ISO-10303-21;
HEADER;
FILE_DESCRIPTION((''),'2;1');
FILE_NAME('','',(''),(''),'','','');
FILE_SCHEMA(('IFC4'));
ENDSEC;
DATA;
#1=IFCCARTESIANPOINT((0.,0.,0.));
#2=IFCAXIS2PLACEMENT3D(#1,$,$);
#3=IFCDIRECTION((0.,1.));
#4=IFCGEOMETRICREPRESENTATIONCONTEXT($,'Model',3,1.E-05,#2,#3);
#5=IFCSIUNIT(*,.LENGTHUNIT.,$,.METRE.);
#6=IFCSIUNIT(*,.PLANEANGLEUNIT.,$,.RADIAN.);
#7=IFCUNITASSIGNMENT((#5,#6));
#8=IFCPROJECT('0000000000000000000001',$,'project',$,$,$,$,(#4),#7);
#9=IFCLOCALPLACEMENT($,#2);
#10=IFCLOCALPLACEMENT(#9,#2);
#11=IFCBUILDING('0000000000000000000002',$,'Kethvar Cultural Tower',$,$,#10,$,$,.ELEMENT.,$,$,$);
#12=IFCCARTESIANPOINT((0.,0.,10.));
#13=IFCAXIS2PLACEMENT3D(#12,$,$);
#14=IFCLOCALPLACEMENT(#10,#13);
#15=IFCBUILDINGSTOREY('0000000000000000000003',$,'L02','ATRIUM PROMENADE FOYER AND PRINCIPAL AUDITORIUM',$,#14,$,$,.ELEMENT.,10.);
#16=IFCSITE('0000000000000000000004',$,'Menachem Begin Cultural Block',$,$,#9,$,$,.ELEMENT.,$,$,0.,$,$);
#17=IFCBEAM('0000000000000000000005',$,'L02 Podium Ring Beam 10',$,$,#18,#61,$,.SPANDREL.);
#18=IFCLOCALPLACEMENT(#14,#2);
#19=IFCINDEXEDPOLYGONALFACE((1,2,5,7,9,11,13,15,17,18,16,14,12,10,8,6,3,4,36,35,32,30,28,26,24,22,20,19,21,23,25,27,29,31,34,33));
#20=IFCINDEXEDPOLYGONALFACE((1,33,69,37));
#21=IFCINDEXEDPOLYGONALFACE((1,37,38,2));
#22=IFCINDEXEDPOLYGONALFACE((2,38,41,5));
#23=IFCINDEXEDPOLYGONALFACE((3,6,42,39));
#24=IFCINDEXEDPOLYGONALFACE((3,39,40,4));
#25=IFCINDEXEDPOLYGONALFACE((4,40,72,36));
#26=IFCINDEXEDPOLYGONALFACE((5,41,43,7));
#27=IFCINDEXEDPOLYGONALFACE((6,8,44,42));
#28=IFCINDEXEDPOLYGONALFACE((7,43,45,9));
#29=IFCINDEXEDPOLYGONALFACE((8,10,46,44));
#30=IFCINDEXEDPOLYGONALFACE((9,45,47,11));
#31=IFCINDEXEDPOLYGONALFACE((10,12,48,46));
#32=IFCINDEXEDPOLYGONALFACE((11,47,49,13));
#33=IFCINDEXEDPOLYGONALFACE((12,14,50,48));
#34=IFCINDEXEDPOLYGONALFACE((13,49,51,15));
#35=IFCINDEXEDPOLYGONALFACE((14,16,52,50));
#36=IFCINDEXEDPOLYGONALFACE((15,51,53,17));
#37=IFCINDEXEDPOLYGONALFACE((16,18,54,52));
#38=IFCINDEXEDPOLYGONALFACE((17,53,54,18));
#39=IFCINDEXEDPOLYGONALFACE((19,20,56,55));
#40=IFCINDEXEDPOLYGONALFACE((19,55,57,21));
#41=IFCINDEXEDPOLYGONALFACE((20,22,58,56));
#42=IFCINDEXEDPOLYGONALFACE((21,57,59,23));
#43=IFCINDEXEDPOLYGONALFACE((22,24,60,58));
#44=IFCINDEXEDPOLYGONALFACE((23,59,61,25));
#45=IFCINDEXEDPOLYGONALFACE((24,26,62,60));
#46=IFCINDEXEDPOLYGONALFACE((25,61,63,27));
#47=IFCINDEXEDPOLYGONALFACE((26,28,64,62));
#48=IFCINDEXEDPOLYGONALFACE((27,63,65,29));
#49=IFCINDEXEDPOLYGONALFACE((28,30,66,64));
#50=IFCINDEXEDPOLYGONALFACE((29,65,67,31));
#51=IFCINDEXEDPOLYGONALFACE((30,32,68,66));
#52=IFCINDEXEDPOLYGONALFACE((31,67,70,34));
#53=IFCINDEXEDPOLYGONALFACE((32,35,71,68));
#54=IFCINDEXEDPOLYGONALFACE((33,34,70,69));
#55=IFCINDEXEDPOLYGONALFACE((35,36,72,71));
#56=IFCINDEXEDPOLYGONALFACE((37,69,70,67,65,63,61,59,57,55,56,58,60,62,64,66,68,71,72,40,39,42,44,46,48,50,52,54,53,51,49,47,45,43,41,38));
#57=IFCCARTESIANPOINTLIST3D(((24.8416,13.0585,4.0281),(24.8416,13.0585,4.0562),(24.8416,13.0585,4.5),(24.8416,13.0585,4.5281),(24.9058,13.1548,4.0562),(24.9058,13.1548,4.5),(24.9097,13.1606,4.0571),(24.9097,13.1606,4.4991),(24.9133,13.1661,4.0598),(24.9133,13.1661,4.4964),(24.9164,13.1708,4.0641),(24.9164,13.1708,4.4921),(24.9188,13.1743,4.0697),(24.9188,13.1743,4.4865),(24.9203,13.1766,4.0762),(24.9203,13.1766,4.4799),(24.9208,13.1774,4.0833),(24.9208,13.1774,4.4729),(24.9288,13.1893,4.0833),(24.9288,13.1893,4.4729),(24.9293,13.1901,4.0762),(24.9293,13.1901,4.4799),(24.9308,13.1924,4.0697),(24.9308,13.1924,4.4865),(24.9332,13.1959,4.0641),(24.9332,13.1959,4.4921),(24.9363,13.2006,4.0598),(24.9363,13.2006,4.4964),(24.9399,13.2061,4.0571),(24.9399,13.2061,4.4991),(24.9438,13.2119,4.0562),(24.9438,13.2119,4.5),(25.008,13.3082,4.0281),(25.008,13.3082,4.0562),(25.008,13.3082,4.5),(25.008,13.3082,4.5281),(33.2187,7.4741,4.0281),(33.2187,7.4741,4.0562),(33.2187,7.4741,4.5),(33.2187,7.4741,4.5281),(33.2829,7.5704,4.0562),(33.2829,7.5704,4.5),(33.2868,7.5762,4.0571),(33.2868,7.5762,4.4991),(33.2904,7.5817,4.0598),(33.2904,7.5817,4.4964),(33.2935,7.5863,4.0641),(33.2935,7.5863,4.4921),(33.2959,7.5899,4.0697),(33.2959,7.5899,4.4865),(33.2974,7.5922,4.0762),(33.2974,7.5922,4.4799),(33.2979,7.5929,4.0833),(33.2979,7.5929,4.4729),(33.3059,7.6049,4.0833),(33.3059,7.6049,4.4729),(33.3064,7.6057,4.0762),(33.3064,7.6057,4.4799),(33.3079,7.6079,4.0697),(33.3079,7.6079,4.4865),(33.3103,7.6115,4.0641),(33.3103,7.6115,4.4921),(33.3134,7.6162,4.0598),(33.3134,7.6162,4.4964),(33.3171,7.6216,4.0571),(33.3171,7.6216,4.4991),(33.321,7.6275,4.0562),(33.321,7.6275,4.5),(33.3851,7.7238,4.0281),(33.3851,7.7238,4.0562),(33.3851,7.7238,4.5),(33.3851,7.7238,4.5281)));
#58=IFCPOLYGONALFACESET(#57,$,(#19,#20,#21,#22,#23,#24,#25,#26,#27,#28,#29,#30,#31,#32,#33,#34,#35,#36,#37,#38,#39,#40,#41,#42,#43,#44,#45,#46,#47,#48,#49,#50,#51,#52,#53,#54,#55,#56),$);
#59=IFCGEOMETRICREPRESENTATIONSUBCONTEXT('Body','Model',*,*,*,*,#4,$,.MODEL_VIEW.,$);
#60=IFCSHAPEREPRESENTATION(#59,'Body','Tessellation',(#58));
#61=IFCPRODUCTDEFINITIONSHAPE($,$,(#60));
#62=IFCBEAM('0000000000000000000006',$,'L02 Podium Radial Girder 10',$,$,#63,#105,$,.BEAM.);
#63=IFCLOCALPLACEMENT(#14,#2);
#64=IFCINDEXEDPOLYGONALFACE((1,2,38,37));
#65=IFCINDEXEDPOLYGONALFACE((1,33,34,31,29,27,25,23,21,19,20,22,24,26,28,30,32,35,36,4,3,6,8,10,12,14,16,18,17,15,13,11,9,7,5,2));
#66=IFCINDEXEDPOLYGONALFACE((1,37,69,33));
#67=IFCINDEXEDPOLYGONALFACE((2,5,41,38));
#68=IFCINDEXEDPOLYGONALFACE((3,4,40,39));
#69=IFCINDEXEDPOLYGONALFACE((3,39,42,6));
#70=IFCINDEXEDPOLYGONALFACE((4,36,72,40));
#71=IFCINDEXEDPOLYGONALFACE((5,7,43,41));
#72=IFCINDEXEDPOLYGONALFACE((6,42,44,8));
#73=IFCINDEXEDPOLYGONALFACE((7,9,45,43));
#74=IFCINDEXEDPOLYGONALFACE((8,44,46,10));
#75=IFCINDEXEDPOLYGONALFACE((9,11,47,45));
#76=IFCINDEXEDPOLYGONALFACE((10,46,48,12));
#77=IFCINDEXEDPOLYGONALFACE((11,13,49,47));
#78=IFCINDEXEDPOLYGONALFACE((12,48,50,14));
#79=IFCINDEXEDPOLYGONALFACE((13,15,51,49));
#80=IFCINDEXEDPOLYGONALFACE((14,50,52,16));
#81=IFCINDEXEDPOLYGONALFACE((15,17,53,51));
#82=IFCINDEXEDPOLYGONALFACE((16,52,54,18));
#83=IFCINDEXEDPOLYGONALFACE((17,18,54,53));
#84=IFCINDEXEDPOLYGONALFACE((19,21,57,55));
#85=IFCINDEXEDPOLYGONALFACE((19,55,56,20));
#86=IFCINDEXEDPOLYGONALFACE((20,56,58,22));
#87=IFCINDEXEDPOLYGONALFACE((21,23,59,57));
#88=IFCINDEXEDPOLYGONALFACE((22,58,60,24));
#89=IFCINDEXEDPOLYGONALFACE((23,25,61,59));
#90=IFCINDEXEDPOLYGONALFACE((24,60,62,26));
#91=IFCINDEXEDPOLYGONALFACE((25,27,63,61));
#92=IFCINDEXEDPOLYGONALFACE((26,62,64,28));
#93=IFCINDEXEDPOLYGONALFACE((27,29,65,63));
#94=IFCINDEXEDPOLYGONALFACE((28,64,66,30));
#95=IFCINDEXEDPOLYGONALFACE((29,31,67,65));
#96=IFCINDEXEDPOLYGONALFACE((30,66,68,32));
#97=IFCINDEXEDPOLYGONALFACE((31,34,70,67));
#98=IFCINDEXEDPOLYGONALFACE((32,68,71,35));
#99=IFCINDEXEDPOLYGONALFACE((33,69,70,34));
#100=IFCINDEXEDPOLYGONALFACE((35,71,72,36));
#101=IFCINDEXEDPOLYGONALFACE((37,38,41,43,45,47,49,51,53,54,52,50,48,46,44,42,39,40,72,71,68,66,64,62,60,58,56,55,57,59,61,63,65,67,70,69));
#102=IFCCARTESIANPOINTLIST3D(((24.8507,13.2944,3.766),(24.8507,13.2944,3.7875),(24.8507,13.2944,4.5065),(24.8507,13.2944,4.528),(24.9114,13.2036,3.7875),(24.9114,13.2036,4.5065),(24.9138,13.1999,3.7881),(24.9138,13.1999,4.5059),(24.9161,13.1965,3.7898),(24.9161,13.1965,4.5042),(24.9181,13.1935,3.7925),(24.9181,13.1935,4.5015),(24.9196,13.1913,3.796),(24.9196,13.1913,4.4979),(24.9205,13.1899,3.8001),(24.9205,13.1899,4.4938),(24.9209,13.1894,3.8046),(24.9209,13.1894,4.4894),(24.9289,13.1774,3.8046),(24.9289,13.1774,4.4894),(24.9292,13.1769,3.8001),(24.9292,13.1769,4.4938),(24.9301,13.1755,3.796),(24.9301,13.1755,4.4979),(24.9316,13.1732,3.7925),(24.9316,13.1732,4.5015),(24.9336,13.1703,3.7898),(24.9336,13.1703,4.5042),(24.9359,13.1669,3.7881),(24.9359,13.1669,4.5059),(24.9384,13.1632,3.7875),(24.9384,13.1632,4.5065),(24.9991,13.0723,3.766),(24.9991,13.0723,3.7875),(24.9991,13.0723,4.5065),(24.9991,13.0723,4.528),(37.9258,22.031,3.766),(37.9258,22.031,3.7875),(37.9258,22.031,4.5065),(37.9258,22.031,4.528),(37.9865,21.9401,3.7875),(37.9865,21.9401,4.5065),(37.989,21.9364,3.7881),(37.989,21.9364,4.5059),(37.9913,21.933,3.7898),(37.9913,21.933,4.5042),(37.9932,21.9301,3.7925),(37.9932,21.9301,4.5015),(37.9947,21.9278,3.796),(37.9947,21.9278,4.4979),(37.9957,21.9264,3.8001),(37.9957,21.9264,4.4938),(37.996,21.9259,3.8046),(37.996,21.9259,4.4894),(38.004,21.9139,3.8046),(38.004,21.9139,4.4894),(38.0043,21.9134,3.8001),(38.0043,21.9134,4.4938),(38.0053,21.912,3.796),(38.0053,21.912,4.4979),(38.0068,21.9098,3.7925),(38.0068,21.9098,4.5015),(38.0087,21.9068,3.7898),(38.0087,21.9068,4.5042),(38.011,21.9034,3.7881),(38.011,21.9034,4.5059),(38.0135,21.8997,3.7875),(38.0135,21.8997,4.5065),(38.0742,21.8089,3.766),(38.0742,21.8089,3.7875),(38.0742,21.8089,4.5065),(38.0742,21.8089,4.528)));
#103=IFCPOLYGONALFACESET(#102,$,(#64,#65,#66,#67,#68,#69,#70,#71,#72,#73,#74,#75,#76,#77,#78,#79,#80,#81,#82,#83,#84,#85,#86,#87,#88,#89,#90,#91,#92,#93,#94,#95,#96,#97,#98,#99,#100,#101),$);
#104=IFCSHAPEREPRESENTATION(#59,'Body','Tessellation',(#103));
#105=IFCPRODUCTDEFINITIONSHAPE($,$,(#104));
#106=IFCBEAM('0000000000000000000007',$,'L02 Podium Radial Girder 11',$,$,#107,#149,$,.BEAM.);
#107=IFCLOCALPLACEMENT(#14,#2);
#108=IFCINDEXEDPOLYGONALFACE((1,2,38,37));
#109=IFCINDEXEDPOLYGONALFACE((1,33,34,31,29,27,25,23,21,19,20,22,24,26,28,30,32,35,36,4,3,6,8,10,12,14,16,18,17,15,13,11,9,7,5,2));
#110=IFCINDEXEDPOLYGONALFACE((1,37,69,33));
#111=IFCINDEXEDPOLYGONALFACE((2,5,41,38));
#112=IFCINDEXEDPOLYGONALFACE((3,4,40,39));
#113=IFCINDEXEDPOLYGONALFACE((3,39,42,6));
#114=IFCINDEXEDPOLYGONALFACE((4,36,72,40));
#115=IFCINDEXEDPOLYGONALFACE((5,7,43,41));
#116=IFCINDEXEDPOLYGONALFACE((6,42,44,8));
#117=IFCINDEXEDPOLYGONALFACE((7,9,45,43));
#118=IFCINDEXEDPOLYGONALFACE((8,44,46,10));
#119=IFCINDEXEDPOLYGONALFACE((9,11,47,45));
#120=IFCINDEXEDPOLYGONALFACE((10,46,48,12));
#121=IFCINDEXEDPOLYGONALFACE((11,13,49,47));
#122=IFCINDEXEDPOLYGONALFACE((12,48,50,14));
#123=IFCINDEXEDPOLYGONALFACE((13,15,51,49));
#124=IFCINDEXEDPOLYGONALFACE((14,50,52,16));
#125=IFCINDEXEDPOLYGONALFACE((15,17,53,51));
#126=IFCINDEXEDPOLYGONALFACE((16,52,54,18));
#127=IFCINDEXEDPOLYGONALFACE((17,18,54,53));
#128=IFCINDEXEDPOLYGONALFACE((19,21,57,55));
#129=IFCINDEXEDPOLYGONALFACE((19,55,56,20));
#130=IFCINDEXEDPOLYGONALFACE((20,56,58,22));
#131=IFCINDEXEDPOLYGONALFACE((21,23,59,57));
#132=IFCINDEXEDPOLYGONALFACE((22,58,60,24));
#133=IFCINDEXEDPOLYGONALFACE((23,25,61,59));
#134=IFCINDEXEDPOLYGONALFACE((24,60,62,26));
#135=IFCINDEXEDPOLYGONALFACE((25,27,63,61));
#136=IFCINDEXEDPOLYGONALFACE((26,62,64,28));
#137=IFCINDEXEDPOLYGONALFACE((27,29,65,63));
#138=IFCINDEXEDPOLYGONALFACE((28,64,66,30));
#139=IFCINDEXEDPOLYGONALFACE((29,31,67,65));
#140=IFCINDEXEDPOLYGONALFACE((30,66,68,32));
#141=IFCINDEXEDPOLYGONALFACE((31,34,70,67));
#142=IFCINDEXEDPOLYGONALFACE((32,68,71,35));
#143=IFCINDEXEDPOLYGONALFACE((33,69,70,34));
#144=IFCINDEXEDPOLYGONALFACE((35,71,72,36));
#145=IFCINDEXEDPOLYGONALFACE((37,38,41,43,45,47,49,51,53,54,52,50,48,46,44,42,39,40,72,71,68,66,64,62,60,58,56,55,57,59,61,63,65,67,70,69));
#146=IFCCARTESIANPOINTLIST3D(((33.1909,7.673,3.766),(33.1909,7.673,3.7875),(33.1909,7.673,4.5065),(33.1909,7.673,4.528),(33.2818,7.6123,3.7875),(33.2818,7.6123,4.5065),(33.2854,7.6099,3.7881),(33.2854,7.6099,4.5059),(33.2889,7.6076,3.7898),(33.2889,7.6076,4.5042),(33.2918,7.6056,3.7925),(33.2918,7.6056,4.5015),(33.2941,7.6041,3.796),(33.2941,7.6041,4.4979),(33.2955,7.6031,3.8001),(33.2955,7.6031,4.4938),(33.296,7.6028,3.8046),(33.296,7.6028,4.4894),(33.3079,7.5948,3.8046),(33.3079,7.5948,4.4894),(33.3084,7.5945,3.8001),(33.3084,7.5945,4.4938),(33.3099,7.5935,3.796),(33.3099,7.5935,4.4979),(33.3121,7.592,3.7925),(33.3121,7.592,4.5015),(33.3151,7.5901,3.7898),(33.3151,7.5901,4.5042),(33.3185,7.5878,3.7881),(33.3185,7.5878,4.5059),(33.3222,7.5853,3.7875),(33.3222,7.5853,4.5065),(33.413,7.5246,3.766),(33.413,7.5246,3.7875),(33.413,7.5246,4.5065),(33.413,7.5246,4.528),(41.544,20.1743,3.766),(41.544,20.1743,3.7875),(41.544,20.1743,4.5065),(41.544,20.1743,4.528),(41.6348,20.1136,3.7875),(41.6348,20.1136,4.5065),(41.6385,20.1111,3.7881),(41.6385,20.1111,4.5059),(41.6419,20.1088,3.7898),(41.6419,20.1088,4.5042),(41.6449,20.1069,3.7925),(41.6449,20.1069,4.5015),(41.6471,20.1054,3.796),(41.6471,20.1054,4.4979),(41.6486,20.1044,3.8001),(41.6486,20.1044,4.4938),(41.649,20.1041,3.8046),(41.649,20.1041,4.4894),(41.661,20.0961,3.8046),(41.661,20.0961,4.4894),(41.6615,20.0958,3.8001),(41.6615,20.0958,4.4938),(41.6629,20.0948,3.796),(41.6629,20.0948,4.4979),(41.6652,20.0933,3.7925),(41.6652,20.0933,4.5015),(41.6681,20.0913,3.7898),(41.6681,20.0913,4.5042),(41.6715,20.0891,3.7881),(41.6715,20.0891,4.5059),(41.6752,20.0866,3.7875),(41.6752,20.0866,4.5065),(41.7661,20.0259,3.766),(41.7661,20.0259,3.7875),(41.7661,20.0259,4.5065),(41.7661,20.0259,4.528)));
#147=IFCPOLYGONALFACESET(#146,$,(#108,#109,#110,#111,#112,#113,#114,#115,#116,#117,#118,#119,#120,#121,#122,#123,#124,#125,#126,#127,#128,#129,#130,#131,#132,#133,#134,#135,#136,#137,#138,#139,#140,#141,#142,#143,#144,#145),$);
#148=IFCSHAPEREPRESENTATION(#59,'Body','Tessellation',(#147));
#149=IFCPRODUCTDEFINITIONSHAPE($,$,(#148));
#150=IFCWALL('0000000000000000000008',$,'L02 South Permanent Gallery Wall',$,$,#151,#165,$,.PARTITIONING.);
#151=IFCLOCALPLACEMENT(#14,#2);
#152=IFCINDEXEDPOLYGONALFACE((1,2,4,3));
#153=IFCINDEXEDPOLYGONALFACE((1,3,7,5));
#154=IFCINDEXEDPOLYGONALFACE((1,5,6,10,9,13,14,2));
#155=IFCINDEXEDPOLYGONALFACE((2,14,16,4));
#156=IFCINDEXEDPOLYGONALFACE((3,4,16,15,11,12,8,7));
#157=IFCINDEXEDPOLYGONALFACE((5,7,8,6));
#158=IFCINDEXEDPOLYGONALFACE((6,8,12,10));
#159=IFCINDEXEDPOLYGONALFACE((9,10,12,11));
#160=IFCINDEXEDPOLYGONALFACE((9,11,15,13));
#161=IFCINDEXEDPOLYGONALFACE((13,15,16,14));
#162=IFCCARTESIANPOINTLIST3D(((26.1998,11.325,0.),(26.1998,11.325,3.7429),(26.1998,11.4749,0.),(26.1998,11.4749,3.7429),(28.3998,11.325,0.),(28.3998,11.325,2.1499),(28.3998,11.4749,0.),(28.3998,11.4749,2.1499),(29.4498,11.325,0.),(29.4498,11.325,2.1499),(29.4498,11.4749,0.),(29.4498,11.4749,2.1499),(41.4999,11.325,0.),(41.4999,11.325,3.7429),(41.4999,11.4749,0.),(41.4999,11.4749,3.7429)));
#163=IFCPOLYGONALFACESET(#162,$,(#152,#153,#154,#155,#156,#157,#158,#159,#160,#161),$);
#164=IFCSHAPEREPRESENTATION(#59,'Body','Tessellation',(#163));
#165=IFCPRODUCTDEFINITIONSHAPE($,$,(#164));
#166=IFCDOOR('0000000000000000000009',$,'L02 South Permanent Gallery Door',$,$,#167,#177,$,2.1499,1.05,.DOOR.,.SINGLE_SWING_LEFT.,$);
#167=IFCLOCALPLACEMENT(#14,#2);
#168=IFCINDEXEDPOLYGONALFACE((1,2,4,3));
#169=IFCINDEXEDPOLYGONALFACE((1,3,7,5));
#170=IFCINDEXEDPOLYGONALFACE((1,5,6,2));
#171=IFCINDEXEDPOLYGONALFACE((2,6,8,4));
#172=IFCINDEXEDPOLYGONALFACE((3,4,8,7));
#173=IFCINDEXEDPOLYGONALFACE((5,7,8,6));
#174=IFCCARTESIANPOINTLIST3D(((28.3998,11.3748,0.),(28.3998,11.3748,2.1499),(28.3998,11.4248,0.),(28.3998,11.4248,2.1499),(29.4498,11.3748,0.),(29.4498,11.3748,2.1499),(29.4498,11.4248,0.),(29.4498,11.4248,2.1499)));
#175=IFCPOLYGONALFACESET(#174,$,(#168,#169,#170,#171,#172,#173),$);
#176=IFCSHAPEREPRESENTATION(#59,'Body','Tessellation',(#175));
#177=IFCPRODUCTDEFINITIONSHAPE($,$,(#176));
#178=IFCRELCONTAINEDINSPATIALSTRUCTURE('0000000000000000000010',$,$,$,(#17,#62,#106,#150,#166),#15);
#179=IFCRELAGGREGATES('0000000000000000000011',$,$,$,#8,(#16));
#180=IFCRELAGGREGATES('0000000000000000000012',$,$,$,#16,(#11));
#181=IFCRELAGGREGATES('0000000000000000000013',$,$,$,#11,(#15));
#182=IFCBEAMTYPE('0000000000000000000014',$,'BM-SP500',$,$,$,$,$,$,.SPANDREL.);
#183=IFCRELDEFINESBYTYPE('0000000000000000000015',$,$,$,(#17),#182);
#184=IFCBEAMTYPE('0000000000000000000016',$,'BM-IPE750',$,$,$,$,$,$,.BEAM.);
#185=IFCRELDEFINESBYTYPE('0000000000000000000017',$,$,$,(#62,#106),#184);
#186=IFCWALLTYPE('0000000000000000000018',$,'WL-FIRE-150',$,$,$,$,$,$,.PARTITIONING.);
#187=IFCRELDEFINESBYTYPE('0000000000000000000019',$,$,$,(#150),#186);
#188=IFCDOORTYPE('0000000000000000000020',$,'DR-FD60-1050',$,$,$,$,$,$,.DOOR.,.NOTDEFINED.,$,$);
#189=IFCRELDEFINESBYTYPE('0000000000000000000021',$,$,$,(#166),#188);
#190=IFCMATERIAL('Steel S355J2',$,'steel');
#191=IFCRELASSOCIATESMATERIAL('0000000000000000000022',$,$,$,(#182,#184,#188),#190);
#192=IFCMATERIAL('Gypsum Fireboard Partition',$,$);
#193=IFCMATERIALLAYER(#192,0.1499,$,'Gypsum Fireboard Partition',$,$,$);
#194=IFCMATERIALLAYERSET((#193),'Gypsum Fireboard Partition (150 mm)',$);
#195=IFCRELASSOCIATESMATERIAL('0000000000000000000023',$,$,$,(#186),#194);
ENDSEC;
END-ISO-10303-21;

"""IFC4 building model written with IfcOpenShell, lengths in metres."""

from ifc_helpers import new_model, si_unit, direction, frame, frame_2d, origin, origin_2d, place, context, subcontext, project, spatial, rectangle, i_section, extrude, source, transform, mapped, material, layer, layer_set, material_profile, profile_set, type_object, element, fill, save


model = new_model("IFC4")

# Units and contexts
model_context = context("Model", 3, precision=1e-05, world=origin(), true_north=direction((0.0, 1.0)))
body_context = subcontext(model_context, "Body", "Model", "MODEL_VIEW")
ifc_project = project(units=[si_unit("LENGTHUNIT", "METRE"), si_unit("PLANEANGLEUNIT", "RADIAN")], contexts=[model_context])

# Site, building, storey
site_placement = place(None, origin())
site = spatial("IfcSite", under=ifc_project, at=site_placement, Name="Menachem Begin Cultural Block", CompositionType="ELEMENT", RefElevation=0.0)
building_placement = place(site_placement, origin())
building = spatial("IfcBuilding", under=site, at=building_placement, Name="Kethvar Cultural Tower", CompositionType="ELEMENT")
storey_placement = place(building_placement, frame((0.0, 0.0, 10.0)))
storey = spatial("IfcBuildingStorey", under=building, at=storey_placement, Name="L02", Description="ATRIUM PROMENADE FOYER AND PRINCIPAL AUDITORIUM", CompositionType="ELEMENT", Elevation=10.0)

# Beams
ifc_material_1 = material(Name="Steel S355J2", Category="steel")
ifc_material_profile_1 = material_profile(ifc_material_1, i_section(OverallWidth=0.3, OverallDepth=0.5, WebThickness=0.0144, FlangeThickness=0.0281, FilletRadius=0.0271, at=origin_2d()), Name="Steel S355J2 — HEB500")
ifc_profile_set_1 = profile_set([ifc_material_profile_1], Name="Steel S355J2 — HEB500")
beam_type_1 = type_object("IfcBeamType", Name="BM-SP500", PredefinedType="SPANDREL", material=ifc_profile_set_1)
shared_shape_1 = source(origin(), body_context, "Body", "SweptSolid", [
    extrude(i_section(OverallWidth=0.3, OverallDepth=0.5, WebThickness=0.0144, FlangeThickness=0.0281, FilletRadius=0.0271, at=origin_2d()), origin(), (0.0, 0.0, 1.0), 10.0679),
])
beam_1_placement = place(storey_placement, frame((24.9248, 13.1833, 4.2781), z_axis=(0.832065, -0.554678, 0.0), x_axis=(0.554678, 0.832065, 0.0)))
element("IfcBeam", 1, at=beam_1_placement, inside=storey, type_object=beam_type_1, Name="L02 Podium Ring Beam 10", PredefinedType="SPANDREL", context=body_context, shape_type="MappedRepresentation", body=[
    mapped(shared_shape_1, transform((0.0, 0.0, 0.0), scale=1.0)),
])
ifc_material_profile_2 = material_profile(ifc_material_1, i_section(OverallWidth=0.2671, OverallDepth=0.762, WebThickness=0.0144, FlangeThickness=0.0215, FilletRadius=0.0171, at=origin_2d()), Name="Steel S355J2 — IPE750x173")
ifc_profile_set_2 = profile_set([ifc_material_profile_2], Name="Steel S355J2 — IPE750x173")
beam_type_2 = type_object("IfcBeamType", Name="BM-IPE750", PredefinedType="BEAM", material=ifc_profile_set_2)
shared_shape_2 = source(origin(), body_context, "Body", "SweptSolid", [
    extrude(i_section(OverallWidth=0.2671, OverallDepth=0.762, WebThickness=0.0144, FlangeThickness=0.0215, FilletRadius=0.0171, at=origin_2d()), origin(), (0.0, 0.0, 1.0), 15.7253),
])
beam_2_placement = place(storey_placement, frame((38.0, 21.9199, 4.147), z_axis=(-0.831469, -0.55557, 0.0), x_axis=(0.55557, -0.831469, 0.0)))
element("IfcBeam", 2, at=beam_2_placement, inside=storey, type_object=beam_type_2, Name="L02 Podium Radial Girder 10", PredefinedType="BEAM", context=body_context, shape_type="MappedRepresentation", body=[
    mapped(shared_shape_2, transform((0.0, 0.0, 0.0), scale=1.0)),
])
shared_shape_3 = source(origin(), body_context, "Body", "SweptSolid", [
    extrude(i_section(OverallWidth=0.2671, OverallDepth=0.762, WebThickness=0.0144, FlangeThickness=0.0215, FilletRadius=0.0171, at=origin_2d()), origin(), (0.0, 0.0, 1.0), 15.0352),
])
beam_3_placement = place(storey_placement, frame((41.655, 20.1001, 4.147), z_axis=(-0.555569, -0.83147, 0.0), x_axis=(0.83147, -0.555569, 0.0)))
element("IfcBeam", 3, at=beam_3_placement, inside=storey, type_object=beam_type_2, Name="L02 Podium Radial Girder 11", PredefinedType="BEAM", context=body_context, shape_type="MappedRepresentation", body=[
    mapped(shared_shape_3, transform((0.0, 0.0, 0.0), scale=1.0)),
])

# Shared definitions
door_type_1 = type_object("IfcDoorType", Name="DR-FD60-1050", OperationType="NOTDEFINED", PredefinedType="DOOR", material=ifc_material_1)
shared_shape_4 = source(origin(), body_context, "Body", "SweptSolid", [
    extrude(rectangle(XDim=1.05, YDim=2.1499, at=frame_2d((0.5249, 1.075))), frame((0.0, 0.0249, 0.0), z_axis=(0.0, -1.0, 0.0), x_axis=(1.0, 0.0, 0.0)), (0.0, 0.0, 1.0), 0.05),
])

# Wall, opening, door
ifc_material_2 = material(Name="Gypsum Fireboard Partition")
ifc_layer_1 = layer(ifc_material_2, 0.1499, Name="Gypsum Fireboard Partition")
ifc_layer_set_1 = layer_set([ifc_layer_1], Name="Gypsum Fireboard Partition (150 mm)")
wall_type_1 = type_object("IfcWallType", Name="WL-FIRE-150", PredefinedType="PARTITIONING", material=ifc_layer_set_1)
wall_1_placement = place(storey_placement, frame((26.2, 11.3999, 0.0), z_axis=(0.0, 0.0, 1.0), x_axis=(1.0, 0.0, 0.0)))
wall_1 = element("IfcWall", 4, at=wall_1_placement, inside=storey, type_object=wall_type_1, Name="L02 South Permanent Gallery Wall", PredefinedType="PARTITIONING", context=body_context, shape_type="SweptSolid", body=[
    extrude(rectangle(XDim=15.3, YDim=0.1499, at=frame_2d((7.6499, 0.0))), origin(), (0.0, 0.0, 1.0), 3.7429),
])
opening_1_placement = place(wall_1_placement, frame((2.2, 0.0, 0.0)))
opening_1 = element("IfcOpeningElement", 5, at=opening_1_placement, cuts=wall_1, PredefinedType="OPENING", context=body_context, shape_type="SweptSolid", body=[
    extrude(rectangle(XDim=1.05, YDim=2.1499, at=frame_2d((0.5249, 1.075))), frame((0.0, 0.085, 0.0), z_axis=(0.0, -1.0, 0.0), x_axis=(1.0, 0.0, 0.0)), (0.0, 0.0, 1.0), 0.1699),
])
door_1_placement = place(opening_1_placement, origin())
door_1 = element("IfcDoor", 6, at=door_1_placement, inside=storey, type_object=door_type_1, Name="L02 South Permanent Gallery Door", OperationType="SINGLE_SWING_LEFT", OverallHeight=2.1499, OverallWidth=1.05, PredefinedType="DOOR", context=body_context, shape_type="MappedRepresentation", body=[
    mapped(shared_shape_4, transform((0.0, 0.0, 0.0), scale=1.0)),
])
fill(opening_1, door_1)

save(model, "model.ifc")
